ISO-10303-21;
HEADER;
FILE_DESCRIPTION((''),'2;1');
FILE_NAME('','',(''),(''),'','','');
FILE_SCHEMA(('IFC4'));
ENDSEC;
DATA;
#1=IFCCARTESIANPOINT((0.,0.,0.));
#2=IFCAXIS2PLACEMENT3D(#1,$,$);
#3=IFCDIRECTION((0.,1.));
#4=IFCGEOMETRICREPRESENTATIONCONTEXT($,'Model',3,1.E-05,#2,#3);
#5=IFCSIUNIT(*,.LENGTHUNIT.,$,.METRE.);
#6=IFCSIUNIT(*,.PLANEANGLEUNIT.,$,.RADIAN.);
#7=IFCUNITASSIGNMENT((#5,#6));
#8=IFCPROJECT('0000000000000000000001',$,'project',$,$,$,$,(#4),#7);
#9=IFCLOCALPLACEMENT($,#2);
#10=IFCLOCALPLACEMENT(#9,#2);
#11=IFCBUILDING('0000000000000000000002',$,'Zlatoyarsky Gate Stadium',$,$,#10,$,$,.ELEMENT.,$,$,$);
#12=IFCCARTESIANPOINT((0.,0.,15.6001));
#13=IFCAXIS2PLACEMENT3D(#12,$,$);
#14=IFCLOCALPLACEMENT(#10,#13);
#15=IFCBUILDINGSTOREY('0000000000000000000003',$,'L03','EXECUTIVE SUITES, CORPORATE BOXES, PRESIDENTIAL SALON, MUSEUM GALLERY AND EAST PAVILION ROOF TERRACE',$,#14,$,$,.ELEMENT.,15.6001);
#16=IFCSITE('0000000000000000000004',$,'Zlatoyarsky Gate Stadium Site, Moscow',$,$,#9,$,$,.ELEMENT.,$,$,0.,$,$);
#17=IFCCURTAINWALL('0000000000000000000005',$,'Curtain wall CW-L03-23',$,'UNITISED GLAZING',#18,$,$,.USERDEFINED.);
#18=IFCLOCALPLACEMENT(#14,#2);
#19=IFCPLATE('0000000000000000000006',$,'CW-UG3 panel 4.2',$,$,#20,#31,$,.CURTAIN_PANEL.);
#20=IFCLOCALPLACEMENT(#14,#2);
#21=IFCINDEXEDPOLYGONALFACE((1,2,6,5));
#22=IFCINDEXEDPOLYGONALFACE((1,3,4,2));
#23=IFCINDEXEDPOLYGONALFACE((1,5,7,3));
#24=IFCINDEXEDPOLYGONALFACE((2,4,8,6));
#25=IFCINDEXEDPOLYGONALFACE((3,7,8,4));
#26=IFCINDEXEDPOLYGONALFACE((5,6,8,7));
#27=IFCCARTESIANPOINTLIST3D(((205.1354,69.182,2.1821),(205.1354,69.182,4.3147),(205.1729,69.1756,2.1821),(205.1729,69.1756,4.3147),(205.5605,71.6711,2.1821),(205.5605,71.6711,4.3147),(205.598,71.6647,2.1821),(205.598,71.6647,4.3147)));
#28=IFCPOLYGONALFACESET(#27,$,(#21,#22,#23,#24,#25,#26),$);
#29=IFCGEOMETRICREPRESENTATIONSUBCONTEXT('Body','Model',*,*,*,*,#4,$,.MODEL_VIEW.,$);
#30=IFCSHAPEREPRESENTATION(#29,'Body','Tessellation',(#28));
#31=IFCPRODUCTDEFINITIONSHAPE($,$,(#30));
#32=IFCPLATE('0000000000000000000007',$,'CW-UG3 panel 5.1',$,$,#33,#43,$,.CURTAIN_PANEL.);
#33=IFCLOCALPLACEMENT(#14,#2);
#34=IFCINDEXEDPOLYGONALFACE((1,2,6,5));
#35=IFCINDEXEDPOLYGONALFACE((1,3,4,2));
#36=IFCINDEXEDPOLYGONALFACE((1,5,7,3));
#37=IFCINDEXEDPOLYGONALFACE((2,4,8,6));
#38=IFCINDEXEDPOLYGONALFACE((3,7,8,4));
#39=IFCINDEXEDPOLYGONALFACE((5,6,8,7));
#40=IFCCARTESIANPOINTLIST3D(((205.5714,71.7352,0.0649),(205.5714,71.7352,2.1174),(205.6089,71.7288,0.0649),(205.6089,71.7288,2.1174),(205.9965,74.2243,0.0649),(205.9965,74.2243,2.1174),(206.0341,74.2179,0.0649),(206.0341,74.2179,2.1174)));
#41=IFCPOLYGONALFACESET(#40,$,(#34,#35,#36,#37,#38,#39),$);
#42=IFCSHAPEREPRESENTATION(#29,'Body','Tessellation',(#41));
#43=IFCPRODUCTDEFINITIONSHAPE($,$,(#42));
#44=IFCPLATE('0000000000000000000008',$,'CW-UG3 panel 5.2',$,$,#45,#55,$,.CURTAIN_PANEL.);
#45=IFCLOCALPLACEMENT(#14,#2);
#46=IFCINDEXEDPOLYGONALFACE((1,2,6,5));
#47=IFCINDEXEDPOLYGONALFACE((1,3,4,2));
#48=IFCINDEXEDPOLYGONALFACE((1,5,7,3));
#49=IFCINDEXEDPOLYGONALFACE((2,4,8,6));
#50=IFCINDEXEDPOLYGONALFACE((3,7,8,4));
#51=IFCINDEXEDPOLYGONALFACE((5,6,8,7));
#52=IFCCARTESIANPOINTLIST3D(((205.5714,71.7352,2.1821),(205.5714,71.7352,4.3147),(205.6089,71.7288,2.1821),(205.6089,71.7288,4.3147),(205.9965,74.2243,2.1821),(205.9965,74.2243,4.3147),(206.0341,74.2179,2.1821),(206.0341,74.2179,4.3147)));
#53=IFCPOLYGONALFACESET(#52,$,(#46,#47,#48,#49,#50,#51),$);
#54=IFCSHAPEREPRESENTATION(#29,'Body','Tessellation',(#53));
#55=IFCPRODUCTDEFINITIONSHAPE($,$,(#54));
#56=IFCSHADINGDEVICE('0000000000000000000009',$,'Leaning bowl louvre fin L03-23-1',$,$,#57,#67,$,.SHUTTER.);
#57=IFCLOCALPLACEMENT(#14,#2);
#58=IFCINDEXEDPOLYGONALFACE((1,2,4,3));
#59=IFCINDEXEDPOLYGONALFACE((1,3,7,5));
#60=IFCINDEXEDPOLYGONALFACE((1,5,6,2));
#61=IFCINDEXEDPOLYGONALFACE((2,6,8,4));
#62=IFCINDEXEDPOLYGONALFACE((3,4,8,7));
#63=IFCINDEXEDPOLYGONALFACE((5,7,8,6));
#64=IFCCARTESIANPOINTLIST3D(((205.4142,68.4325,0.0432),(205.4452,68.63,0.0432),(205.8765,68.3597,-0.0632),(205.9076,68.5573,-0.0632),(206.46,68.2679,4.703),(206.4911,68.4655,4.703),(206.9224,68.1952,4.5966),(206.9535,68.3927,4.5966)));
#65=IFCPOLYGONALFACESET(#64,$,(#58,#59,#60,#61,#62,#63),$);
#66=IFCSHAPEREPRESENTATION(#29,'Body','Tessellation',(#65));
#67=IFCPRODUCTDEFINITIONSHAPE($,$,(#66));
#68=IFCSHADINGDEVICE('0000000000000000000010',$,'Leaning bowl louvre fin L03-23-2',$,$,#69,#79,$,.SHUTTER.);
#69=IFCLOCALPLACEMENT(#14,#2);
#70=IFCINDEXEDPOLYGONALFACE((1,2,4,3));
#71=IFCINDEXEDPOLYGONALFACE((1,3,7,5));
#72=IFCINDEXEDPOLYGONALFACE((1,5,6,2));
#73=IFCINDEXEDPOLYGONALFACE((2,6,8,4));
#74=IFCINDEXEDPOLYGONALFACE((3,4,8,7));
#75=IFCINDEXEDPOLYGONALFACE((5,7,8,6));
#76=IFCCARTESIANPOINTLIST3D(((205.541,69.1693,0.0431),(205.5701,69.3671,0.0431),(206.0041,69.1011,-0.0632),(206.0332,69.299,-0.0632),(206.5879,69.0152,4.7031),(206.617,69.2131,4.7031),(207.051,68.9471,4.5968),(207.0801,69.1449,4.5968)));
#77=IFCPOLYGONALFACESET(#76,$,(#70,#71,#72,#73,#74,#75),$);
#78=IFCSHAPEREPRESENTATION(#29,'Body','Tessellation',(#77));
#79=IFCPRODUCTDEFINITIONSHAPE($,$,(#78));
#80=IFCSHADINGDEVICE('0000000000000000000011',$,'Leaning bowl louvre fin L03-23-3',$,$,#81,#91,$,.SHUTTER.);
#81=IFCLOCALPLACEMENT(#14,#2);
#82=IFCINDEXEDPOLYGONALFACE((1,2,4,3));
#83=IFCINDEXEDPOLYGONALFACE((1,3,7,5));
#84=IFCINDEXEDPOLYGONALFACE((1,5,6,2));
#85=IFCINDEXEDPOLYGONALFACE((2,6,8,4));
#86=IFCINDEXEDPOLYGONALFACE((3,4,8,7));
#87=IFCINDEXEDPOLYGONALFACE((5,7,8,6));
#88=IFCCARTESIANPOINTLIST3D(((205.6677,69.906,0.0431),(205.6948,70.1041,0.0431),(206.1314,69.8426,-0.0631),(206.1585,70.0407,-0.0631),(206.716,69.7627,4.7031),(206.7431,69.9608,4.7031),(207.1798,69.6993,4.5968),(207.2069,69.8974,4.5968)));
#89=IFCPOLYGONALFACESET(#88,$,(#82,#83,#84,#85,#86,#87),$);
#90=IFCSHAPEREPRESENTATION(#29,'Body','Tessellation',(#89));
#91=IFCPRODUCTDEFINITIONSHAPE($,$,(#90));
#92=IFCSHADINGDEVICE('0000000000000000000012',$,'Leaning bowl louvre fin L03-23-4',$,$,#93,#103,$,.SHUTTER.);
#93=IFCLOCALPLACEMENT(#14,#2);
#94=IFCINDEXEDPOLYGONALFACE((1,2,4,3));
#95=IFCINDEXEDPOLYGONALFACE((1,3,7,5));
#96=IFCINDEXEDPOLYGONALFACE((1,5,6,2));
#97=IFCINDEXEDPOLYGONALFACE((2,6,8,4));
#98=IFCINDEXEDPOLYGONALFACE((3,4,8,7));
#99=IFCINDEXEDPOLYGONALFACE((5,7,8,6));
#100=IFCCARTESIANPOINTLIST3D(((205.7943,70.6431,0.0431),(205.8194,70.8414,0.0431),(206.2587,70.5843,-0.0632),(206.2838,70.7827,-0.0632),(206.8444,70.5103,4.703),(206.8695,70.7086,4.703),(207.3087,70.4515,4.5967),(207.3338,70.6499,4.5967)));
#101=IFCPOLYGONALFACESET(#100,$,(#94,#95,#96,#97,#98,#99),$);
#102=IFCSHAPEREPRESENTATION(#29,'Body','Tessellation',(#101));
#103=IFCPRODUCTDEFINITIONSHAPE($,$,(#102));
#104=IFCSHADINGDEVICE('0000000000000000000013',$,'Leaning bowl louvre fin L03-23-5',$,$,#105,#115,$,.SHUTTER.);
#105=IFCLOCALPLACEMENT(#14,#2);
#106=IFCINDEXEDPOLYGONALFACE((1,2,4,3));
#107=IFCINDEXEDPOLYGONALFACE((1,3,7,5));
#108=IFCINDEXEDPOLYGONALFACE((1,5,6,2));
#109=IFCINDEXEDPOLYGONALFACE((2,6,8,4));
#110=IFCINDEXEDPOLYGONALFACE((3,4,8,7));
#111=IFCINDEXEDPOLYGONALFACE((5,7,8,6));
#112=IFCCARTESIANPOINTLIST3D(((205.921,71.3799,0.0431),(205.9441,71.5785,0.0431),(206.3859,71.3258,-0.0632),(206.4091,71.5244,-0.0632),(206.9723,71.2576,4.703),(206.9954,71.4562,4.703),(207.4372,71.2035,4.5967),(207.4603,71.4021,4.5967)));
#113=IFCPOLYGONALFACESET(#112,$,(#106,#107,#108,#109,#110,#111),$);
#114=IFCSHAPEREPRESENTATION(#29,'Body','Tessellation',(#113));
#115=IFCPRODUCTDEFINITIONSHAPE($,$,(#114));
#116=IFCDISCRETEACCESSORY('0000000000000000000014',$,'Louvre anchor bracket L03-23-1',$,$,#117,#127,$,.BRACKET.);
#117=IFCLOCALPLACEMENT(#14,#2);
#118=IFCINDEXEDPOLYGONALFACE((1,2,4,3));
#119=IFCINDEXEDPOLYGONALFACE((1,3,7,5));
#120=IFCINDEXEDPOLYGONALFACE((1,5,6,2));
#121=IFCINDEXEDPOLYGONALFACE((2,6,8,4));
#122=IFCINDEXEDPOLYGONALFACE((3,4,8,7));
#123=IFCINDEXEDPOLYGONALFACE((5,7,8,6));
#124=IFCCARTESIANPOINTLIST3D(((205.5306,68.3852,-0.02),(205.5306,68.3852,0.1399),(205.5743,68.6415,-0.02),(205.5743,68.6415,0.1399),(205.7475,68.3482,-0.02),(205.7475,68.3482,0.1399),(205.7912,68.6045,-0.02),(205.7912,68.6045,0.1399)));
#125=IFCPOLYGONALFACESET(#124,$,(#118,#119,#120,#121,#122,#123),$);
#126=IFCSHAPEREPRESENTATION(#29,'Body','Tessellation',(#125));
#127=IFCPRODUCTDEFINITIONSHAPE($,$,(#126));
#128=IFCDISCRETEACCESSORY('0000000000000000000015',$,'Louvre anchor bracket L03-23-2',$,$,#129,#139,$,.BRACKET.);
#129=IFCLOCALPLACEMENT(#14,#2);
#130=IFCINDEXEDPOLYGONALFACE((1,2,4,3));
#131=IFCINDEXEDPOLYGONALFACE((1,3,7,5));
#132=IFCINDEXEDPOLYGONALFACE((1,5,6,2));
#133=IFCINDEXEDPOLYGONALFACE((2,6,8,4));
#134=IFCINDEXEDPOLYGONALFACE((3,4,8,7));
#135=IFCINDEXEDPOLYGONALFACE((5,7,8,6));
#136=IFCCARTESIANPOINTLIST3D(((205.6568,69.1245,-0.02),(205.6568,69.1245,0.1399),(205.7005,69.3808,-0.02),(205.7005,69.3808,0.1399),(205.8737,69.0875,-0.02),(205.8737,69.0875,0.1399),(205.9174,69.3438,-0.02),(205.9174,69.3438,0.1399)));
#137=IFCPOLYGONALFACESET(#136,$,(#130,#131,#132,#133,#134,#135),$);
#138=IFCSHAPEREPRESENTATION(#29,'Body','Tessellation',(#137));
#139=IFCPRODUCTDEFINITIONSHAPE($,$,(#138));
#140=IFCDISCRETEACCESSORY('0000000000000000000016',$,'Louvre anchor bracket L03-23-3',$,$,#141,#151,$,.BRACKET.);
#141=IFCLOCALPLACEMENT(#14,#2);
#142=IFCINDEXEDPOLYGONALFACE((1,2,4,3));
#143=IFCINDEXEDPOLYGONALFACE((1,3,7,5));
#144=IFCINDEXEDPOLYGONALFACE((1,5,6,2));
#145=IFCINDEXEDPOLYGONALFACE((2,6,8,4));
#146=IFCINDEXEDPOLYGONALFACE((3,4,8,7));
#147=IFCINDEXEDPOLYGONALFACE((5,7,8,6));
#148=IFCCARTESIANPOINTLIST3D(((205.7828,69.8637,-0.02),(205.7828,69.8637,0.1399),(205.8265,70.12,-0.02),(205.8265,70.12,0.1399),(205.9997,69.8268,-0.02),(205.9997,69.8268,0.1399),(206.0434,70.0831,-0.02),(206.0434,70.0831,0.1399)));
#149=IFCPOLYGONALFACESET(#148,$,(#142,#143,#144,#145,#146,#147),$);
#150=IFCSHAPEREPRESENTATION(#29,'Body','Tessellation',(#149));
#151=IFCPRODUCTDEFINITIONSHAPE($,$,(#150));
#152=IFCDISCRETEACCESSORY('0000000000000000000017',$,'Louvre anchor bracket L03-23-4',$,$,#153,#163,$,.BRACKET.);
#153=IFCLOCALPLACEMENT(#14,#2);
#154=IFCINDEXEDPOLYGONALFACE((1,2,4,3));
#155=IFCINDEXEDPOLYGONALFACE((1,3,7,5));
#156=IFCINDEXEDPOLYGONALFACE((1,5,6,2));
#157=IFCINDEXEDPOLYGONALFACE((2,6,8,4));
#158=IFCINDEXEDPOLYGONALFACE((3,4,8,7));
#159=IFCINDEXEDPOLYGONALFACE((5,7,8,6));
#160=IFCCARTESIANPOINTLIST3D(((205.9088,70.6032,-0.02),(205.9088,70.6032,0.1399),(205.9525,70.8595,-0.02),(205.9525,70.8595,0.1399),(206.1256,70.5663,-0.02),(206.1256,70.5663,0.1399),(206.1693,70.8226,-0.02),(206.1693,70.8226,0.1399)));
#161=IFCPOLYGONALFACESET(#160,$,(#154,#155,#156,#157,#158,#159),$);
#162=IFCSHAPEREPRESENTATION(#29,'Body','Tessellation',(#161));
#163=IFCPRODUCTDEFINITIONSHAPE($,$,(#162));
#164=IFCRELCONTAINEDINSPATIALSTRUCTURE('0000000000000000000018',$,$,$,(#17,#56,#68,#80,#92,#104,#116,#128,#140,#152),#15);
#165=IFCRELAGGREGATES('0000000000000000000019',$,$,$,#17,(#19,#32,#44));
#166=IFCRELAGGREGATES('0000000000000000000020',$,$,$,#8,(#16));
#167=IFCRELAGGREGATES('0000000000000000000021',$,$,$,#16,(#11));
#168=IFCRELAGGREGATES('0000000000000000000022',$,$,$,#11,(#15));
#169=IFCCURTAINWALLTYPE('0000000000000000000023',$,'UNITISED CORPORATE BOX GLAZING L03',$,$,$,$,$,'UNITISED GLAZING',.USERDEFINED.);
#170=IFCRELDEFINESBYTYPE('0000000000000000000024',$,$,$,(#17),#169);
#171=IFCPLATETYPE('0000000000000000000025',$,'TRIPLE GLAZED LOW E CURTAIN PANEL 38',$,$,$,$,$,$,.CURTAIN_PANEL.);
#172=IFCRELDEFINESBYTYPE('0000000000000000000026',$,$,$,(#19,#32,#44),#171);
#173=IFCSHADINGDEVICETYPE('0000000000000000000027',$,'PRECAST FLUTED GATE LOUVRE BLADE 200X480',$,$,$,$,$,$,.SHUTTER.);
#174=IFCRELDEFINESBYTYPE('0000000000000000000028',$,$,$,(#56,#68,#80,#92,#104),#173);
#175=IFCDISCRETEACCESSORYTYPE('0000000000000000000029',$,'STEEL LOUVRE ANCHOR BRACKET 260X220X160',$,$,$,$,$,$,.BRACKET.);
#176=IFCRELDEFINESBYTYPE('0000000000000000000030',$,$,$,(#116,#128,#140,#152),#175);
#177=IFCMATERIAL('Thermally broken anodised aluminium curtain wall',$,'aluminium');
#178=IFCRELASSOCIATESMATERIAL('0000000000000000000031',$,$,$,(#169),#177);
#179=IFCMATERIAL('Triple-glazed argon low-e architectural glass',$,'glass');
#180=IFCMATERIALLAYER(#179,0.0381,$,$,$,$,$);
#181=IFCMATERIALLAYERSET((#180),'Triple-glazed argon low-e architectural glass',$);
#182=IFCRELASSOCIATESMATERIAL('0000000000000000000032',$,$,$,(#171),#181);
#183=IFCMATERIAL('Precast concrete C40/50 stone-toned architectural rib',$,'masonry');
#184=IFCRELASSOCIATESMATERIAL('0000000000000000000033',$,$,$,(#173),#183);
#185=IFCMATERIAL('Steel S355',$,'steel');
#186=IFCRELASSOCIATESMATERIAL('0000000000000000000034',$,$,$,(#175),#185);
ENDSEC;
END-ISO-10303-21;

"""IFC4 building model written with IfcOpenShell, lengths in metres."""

from ifc_helpers import new_model, si_unit, direction, frame, origin, origin_2d, place, context, subcontext, project, spatial, rectangle, extrude, material, layer, layer_set, material_profile, profile_set, type_object, element, aggregate, save


model = new_model("IFC4")

# Units and contexts
model_context = context("Model", 3, precision=1e-05, world=origin(), true_north=direction((0.0, 1.0)))
body_context = subcontext(model_context, "Body", "Model", "MODEL_VIEW")
ifc_project = project(units=[si_unit("LENGTHUNIT", "METRE"), si_unit("PLANEANGLEUNIT", "RADIAN")], contexts=[model_context])

# Site, building, storey
site_placement = place(None, origin())
site = spatial("IfcSite", under=ifc_project, at=site_placement, Name="Zlatoyarsky Gate Stadium Site, Moscow", CompositionType="ELEMENT", RefElevation=0.0)
building_placement = place(site_placement, origin())
building = spatial("IfcBuilding", under=site, at=building_placement, Name="Zlatoyarsky Gate Stadium", CompositionType="ELEMENT")
storey_placement = place(building_placement, frame((0.0, 0.0, 15.6001)))
storey = spatial("IfcBuildingStorey", under=building, at=storey_placement, Name="L03", Description="EXECUTIVE SUITES, CORPORATE BOXES, PRESIDENTIAL SALON, MUSEUM GALLERY AND EAST PAVILION ROOF TERRACE", CompositionType="ELEMENT", Elevation=15.6001)

# Curtain wall
ifc_material_1 = material(Name="Thermally broken anodised aluminium curtain wall", Category="aluminium")
curtain_wall_type = type_object("IfcCurtainWallType", Name="UNITISED CORPORATE BOX GLAZING L03", ElementType="UNITISED GLAZING", PredefinedType="USERDEFINED", material=ifc_material_1)
curtain_wall_placement = place(storey_placement, origin())
curtain_wall = element("IfcCurtainWall", 1, at=curtain_wall_placement, inside=storey, type_object=curtain_wall_type, Name="Curtain wall CW-L03-23", ObjectType="UNITISED GLAZING", PredefinedType="USERDEFINED")

# Shared definitions
ifc_material_2 = material(Name="Steel S355", Category="steel")

# Plates
ifc_material_3 = material(Name="Triple-glazed argon low-e architectural glass", Category="glass")
ifc_layer_1 = layer(ifc_material_3, 0.0381)
ifc_layer_set_1 = layer_set([ifc_layer_1], Name="Triple-glazed argon low-e architectural glass")
plate_type_1 = type_object("IfcPlateType", Name="TRIPLE GLAZED LOW E CURTAIN PANEL 38", PredefinedType="CURTAIN_PANEL", material=ifc_layer_set_1)
plate_1_placement = place(storey_placement, frame((205.3667, 70.4233, 2.1821), z_axis=(0.0, 0.0, 1.0), x_axis=(0.168356, 0.985726, 0.0)))
plate_1 = element("IfcPlate", 2, at=plate_1_placement, type_object=plate_type_1, Name="CW-UG3 panel 4.2", PredefinedType="CURTAIN_PANEL", context=body_context, shape_type="SweptSolid", body=[
    extrude(rectangle(XDim=2.5251, YDim=0.0381, at=origin_2d()), origin(), (0.0, 0.0, 1.0), 2.1326),
])
plate_2_placement = place(storey_placement, frame((205.8027, 72.9766, 0.0649), z_axis=(0.0, 0.0, 1.0), x_axis=(0.168356, 0.985726, 0.0)))
plate_2 = element("IfcPlate", 3, at=plate_2_placement, type_object=plate_type_1, Name="CW-UG3 panel 5.1", PredefinedType="CURTAIN_PANEL", context=body_context, shape_type="SweptSolid", body=[
    extrude(rectangle(XDim=2.5251, YDim=0.0381, at=origin_2d()), origin(), (0.0, 0.0, 1.0), 2.0525),
])
plate_3_placement = place(storey_placement, frame((205.8027, 72.9766, 2.1821), z_axis=(0.0, 0.0, 1.0), x_axis=(0.168356, 0.985726, 0.0)))
plate_3 = element("IfcPlate", 4, at=plate_3_placement, type_object=plate_type_1, Name="CW-UG3 panel 5.2", PredefinedType="CURTAIN_PANEL", context=body_context, shape_type="SweptSolid", body=[
    extrude(rectangle(XDim=2.5251, YDim=0.0381, at=origin_2d()), origin(), (0.0, 0.0, 1.0), 2.1326),
])
aggregate(curtain_wall, [plate_1, plate_2, plate_3])

# Shading devices
ifc_material_4 = material(Name="Precast concrete C40/50 stone-toned architectural rib", Category="masonry")
ifc_material_profile_1 = material_profile(ifc_material_4, rectangle(XDim=0.2, YDim=0.48, at=origin_2d()), Name="RIB 200X480")
ifc_profile_set_1 = profile_set([ifc_material_profile_1], Name="Precast concrete C40/50 stone-toned architectural rib")
shading_device_type = type_object("IfcShadingDeviceType", Name="PRECAST FLUTED GATE LOUVRE BLADE 200X480", PredefinedType="SHUTTER", material=ifc_profile_set_1)
for number, where, z_axis, x_axis, name in (
    (5, (205.6609, 68.4949, -0.01), (0.218868, -0.034434, 0.975147), (0.155418, 0.987849, 0.0), "Leaning bowl louvre fin L03-23-1"),
    (6, (205.7871, 69.2341, -0.01), (0.219078, -0.032238, 0.975175), (0.145587, 0.989345, 0.0), "Leaning bowl louvre fin L03-23-2"),
    (7, (205.9131, 69.9734, -0.01), (0.219385, -0.029991, 0.975177), (0.135443, 0.990785, 0.0), "Leaning bowl louvre fin L03-23-3"),
    (8, (206.0391, 70.7129, -0.01), (0.21974, -0.027793, 0.975163), (0.125482, 0.992096, 0.0), "Leaning bowl louvre fin L03-23-4"),
    (9, (206.165, 71.4521, -0.01), (0.219996, -0.025596, 0.975165), (0.11557, 0.993299, 0.0), "Leaning bowl louvre fin L03-23-5"),
):
    element("IfcShadingDevice", number, at=place(storey_placement, frame(where, z_axis=z_axis, x_axis=x_axis)), inside=storey, type_object=shading_device_type, Name=name, PredefinedType="SHUTTER", context=body_context, shape_type="SweptSolid", body=[
        extrude(rectangle(XDim=0.2, YDim=0.48, at=origin_2d()), origin(), (0.0, 0.0, 1.0), 4.7786),
    ])

# Discrete accessories
discrete_accessory_type = type_object("IfcDiscreteAccessoryType", Name="STEEL LOUVRE ANCHOR BRACKET 260X220X160", PredefinedType="BRACKET", material=ifc_material_2)
for number, where, z_axis, x_axis, name in (
    (10, (205.6609, 68.4949, -0.02), (0.0, 0.0, 1.0), (0.168041, 0.98578, 0.0), "Louvre anchor bracket L03-23-1"),
    (11, (205.7871, 69.2341, -0.02), (0.0, 0.0, 1.0), (0.168041, 0.98578, 0.0), "Louvre anchor bracket L03-23-2"),
    (12, (205.9131, 69.9734, -0.02), (0.0, 0.0, 1.0), (0.168041, 0.98578, 0.0), "Louvre anchor bracket L03-23-3"),
    (13, (206.0391, 70.7129, -0.02), (0.0, 0.0, 1.0), (0.168041, 0.98578, 0.0), "Louvre anchor bracket L03-23-4"),
):
    element("IfcDiscreteAccessory", number, at=place(storey_placement, frame(where, z_axis=z_axis, x_axis=x_axis)), inside=storey, type_object=discrete_accessory_type, Name=name, PredefinedType="BRACKET", context=body_context, shape_type="SweptSolid", body=[
        extrude(rectangle(XDim=0.26, YDim=0.22, at=origin_2d()), origin(), (0.0, 0.0, 1.0), 0.1599),
    ])

save(model, "model.ifc")
